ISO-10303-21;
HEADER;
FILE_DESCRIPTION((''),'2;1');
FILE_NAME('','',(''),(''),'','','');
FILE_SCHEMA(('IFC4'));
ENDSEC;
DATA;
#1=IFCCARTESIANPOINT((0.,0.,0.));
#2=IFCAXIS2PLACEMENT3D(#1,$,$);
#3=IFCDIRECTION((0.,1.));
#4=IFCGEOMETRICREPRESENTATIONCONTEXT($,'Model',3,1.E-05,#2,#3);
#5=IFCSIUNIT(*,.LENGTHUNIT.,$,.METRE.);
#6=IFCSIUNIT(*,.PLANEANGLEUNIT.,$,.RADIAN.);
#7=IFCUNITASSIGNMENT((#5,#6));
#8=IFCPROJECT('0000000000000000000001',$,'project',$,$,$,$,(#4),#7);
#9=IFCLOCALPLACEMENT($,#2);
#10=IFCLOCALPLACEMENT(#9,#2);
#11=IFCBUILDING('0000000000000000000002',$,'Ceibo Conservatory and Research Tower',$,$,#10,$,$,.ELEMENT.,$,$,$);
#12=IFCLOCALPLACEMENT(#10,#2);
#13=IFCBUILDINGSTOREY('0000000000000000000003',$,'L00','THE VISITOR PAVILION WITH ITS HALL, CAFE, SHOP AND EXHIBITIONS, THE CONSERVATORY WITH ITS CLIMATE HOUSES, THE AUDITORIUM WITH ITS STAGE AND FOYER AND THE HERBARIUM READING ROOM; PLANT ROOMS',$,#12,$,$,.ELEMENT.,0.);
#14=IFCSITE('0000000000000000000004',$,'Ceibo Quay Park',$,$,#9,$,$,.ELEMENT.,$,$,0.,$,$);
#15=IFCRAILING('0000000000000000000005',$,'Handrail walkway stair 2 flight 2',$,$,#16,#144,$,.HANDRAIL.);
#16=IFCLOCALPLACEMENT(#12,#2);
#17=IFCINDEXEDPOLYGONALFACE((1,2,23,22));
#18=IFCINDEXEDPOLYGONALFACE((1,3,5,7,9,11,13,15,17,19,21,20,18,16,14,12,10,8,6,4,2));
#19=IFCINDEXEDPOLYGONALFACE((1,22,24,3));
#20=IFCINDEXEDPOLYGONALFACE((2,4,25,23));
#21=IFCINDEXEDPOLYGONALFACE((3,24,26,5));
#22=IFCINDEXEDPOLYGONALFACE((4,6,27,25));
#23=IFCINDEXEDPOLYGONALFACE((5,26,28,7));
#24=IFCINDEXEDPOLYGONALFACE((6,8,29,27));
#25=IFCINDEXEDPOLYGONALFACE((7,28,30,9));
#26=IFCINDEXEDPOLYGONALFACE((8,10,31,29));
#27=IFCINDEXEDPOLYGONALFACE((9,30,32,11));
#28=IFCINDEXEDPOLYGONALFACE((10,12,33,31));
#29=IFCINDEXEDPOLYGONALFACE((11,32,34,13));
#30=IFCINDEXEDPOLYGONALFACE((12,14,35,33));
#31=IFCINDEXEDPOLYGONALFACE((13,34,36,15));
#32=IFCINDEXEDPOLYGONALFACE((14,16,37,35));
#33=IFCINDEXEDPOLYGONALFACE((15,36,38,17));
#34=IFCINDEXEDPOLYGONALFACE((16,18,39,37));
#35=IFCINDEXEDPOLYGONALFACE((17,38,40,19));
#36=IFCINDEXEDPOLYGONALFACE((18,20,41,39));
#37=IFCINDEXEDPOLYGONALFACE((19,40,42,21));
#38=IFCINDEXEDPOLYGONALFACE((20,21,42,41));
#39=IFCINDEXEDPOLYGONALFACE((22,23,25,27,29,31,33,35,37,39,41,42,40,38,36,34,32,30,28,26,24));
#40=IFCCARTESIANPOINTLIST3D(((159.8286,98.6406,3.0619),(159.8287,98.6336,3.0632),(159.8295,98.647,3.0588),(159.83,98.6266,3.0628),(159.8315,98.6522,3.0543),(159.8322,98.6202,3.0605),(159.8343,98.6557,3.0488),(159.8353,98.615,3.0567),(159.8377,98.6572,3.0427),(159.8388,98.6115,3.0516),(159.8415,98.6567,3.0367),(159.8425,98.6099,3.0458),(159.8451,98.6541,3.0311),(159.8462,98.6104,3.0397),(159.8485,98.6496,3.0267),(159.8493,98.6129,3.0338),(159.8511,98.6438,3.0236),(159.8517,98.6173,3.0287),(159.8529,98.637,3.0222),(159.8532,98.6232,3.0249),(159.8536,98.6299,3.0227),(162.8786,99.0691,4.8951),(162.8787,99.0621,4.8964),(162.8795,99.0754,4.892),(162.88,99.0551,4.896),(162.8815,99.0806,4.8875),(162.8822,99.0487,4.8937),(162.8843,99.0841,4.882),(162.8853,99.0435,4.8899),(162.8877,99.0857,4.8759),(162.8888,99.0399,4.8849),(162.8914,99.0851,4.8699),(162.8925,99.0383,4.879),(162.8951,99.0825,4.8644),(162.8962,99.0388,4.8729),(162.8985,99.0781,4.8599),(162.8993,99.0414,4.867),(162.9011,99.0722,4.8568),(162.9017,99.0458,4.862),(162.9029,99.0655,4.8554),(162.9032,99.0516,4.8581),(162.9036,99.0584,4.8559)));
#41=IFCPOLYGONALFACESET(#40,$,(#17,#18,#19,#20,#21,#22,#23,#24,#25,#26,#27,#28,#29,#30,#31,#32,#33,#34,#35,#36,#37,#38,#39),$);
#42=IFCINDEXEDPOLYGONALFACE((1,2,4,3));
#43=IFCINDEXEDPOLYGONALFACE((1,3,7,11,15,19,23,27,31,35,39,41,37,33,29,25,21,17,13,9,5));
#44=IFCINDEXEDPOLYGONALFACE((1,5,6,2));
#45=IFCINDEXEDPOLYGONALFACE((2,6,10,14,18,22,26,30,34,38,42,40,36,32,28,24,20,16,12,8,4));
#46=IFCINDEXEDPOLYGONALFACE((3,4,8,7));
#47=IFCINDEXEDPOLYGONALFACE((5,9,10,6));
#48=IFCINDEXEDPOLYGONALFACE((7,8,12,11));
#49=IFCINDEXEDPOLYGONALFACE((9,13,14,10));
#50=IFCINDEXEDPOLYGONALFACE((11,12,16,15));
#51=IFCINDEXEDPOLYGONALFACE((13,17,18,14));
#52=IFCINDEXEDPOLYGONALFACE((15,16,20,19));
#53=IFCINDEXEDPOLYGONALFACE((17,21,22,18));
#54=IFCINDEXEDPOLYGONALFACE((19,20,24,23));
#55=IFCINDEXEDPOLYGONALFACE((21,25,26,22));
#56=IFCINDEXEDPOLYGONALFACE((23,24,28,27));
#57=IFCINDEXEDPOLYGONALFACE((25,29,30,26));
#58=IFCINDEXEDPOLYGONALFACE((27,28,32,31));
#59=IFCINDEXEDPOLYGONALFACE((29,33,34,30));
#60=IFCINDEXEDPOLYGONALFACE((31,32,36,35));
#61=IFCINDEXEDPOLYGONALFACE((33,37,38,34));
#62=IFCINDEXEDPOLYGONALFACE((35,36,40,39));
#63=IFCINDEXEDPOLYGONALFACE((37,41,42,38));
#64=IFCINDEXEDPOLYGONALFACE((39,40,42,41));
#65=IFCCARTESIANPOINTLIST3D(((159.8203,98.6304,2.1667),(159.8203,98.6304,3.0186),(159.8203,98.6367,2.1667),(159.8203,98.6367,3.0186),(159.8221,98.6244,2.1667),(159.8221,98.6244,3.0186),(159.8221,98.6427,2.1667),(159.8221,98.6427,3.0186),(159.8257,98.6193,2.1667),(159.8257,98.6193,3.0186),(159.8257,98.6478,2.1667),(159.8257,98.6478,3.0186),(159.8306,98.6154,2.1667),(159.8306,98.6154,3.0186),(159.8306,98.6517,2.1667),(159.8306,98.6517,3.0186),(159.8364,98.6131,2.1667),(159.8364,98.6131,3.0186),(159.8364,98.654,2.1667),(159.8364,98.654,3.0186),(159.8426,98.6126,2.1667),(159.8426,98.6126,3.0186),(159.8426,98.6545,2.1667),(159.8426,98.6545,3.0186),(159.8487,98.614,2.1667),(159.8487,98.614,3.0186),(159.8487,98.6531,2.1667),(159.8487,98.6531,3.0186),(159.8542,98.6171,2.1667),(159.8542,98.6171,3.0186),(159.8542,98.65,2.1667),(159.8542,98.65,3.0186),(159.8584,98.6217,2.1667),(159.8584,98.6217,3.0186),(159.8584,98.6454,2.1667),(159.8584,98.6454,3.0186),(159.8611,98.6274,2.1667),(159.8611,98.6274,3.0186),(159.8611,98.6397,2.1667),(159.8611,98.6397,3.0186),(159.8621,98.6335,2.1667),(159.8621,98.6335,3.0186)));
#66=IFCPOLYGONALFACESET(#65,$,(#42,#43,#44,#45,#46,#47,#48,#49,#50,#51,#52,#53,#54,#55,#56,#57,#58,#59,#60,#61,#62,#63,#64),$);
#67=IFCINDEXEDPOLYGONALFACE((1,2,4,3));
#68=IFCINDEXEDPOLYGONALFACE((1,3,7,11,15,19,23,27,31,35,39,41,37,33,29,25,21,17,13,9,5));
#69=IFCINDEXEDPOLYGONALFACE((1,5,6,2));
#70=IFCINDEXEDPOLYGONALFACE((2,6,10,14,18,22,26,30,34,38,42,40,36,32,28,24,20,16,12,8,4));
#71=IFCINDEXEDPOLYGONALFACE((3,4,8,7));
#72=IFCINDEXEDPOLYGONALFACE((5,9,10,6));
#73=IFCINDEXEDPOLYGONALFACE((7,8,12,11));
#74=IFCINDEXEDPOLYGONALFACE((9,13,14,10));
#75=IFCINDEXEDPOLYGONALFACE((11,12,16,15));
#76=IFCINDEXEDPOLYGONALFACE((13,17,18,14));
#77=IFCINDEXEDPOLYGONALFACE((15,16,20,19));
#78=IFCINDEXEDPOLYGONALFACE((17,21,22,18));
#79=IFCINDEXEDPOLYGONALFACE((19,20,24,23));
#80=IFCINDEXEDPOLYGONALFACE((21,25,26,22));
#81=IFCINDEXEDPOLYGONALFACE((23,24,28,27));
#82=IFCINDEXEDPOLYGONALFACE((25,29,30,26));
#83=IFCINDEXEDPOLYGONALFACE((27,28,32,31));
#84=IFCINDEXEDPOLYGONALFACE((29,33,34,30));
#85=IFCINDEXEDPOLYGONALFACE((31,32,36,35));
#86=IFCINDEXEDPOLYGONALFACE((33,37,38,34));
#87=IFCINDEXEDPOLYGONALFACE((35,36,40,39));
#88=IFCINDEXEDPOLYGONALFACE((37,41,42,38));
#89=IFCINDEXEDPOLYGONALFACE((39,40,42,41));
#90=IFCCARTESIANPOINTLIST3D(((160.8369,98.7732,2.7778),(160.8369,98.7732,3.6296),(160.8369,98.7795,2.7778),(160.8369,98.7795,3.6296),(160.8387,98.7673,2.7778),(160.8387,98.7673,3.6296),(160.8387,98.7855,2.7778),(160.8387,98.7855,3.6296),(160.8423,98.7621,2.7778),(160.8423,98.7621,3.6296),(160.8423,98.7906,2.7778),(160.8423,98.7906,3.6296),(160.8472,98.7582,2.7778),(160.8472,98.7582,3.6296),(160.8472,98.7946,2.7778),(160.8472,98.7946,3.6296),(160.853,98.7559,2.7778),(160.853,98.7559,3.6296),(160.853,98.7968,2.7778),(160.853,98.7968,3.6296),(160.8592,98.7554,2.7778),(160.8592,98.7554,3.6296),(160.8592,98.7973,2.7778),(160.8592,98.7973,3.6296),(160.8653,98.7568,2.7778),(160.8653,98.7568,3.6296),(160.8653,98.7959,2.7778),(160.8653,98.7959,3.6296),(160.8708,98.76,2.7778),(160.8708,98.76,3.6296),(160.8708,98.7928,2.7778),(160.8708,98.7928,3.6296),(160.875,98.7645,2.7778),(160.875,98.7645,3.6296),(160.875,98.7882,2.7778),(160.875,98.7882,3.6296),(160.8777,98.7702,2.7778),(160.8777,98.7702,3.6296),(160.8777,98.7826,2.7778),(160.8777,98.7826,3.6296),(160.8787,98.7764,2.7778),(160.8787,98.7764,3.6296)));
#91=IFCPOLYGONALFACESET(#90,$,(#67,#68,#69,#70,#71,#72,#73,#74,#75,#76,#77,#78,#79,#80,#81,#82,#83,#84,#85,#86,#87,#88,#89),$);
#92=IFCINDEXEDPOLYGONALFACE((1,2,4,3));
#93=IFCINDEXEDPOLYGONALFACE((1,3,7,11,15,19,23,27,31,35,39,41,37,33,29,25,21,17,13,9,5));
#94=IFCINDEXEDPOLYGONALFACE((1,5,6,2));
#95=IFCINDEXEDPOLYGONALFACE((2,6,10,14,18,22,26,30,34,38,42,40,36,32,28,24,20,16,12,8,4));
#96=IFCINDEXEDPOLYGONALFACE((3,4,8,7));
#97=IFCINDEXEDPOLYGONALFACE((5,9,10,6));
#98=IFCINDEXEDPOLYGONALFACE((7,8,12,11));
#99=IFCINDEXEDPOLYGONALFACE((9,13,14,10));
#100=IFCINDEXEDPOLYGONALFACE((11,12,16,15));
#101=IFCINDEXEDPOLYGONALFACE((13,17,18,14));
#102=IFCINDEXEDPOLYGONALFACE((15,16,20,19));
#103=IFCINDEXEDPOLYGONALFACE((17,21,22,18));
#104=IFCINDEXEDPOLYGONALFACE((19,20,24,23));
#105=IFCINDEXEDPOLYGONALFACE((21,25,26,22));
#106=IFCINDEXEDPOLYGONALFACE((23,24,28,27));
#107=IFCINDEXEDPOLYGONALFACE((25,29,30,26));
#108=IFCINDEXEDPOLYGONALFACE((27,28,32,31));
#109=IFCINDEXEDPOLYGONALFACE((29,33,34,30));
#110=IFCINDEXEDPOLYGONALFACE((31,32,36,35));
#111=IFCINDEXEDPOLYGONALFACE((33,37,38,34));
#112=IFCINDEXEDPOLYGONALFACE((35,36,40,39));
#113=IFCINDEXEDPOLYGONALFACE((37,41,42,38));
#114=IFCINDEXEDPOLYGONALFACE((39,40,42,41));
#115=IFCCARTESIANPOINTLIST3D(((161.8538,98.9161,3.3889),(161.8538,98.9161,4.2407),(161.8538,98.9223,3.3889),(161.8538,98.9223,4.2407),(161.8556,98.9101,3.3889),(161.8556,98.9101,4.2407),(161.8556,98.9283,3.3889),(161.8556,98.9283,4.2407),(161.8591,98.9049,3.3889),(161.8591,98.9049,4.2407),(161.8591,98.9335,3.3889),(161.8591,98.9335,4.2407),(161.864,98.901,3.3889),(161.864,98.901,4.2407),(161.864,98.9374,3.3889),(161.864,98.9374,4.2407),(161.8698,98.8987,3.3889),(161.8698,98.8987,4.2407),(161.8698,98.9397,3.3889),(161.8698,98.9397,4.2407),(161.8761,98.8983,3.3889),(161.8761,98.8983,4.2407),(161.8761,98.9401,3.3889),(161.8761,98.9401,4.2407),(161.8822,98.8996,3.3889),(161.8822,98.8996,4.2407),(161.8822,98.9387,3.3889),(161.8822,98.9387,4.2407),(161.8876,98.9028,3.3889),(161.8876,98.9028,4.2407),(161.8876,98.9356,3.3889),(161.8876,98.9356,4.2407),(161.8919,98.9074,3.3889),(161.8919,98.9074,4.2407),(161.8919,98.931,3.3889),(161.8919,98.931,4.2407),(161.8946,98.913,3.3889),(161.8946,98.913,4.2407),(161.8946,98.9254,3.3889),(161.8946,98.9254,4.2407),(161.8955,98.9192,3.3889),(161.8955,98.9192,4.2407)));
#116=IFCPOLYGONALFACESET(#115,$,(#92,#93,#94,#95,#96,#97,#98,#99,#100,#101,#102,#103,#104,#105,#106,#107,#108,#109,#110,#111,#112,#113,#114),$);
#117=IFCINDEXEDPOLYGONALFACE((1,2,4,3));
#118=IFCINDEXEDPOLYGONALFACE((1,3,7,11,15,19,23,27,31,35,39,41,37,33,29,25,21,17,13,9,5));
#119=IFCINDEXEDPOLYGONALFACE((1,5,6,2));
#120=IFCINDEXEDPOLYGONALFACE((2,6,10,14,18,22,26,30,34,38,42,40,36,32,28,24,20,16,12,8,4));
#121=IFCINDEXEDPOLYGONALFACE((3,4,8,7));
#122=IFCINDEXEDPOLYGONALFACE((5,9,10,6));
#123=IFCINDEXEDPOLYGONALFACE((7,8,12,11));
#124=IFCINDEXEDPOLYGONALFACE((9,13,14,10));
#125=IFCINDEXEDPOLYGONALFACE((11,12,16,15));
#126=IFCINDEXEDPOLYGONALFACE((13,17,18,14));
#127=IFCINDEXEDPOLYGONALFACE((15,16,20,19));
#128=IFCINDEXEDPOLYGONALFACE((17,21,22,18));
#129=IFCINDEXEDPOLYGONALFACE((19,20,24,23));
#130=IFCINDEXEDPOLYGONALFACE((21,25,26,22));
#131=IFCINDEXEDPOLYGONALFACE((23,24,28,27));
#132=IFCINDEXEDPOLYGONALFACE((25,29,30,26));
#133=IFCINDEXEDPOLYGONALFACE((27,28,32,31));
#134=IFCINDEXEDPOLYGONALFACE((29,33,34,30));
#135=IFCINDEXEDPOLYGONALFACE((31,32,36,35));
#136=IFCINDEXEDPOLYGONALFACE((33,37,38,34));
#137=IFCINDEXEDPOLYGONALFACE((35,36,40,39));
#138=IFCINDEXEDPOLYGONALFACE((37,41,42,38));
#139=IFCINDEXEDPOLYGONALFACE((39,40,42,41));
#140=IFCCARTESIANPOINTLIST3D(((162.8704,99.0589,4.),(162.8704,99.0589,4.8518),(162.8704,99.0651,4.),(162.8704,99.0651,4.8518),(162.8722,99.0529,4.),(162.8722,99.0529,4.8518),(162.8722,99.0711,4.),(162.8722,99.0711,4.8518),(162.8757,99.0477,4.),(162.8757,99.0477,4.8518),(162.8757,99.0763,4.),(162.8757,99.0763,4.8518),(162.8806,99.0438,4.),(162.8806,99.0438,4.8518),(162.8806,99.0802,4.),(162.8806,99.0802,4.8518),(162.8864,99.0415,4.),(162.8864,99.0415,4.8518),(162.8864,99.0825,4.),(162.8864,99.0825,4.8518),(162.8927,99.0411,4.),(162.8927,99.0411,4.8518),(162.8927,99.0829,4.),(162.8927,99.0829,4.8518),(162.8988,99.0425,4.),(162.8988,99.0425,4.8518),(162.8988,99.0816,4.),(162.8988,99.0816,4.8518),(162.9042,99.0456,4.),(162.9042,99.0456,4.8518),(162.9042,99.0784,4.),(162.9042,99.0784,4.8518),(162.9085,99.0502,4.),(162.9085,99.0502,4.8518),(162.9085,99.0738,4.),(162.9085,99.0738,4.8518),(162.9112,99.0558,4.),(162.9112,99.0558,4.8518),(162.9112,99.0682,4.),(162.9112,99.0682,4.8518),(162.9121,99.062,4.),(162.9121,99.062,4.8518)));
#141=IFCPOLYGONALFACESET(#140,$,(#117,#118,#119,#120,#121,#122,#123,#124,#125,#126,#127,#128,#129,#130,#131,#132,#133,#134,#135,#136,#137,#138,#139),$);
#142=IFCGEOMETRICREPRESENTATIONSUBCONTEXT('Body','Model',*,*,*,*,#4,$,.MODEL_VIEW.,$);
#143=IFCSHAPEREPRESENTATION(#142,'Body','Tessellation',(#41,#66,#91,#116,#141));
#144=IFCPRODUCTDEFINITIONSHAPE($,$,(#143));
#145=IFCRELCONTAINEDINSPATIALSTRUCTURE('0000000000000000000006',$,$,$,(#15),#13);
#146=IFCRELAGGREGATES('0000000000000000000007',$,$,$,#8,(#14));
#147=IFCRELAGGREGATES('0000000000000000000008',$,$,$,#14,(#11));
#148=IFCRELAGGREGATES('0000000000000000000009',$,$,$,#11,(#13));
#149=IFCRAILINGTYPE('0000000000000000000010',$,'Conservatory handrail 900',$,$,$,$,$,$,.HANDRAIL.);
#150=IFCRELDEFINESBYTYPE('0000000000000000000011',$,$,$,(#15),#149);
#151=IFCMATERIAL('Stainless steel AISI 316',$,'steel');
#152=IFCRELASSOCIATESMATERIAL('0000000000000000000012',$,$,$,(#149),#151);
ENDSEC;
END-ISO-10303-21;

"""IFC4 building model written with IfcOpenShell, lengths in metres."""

from ifc_helpers import new_model, si_unit, direction, frame, origin, origin_2d, place, context, subcontext, project, spatial, circle, extrude, material, type_object, element, save


model = new_model("IFC4")

# Units and contexts
model_context = context("Model", 3, precision=1e-05, world=origin(), true_north=direction((0.0, 1.0)))
body_context = subcontext(model_context, "Body", "Model", "MODEL_VIEW")
ifc_project = project(units=[si_unit("LENGTHUNIT", "METRE"), si_unit("PLANEANGLEUNIT", "RADIAN")], contexts=[model_context])

# Site, building, storey
site_placement = place(None, origin())
site = spatial("IfcSite", under=ifc_project, at=site_placement, Name="Ceibo Quay Park", CompositionType="ELEMENT", RefElevation=0.0)
building_placement = place(site_placement, origin())
building = spatial("IfcBuilding", under=site, at=building_placement, Name="Ceibo Conservatory and Research Tower", CompositionType="ELEMENT")
storey_placement = place(building_placement, origin())
storey = spatial("IfcBuildingStorey", under=building, at=storey_placement, Name="L00", Description="THE VISITOR PAVILION WITH ITS HALL, CAFE, SHOP AND EXHIBITIONS, THE CONSERVATORY WITH ITS CLIMATE HOUSES, THE AUDITORIUM WITH ITS STAGE AND FOYER AND THE HERBARIUM READING ROOM; PLANT ROOMS", CompositionType="ELEMENT", Elevation=0.0)

# Railing
ifc_material_1 = material(Name="Stainless steel AISI 316", Category="steel")
railing_type_1 = type_object("IfcRailingType", Name="Conservatory handrail 900", PredefinedType="HANDRAIL", material=ifc_material_1)
railing_1_placement = place(storey_placement, frame((159.8411, 98.6335, 2.1667)))
element("IfcRailing", 1, at=railing_1_placement, inside=storey, type_object=railing_type_1, Name="Handrail walkway stair 2 flight 2", PredefinedType="HANDRAIL", context=body_context, shape_type="SweptSolid", body=[
    extrude(circle(Radius=0.0239, at=origin_2d()), frame((0.0, 0.0, 0.876), z_axis=(0.850947, 0.11954, 0.511467), x_axis=(-0.139113, 0.990277, 0.0)), (0.0, 0.0, 1.0), 3.5842),
    extrude(circle(Radius=0.021, at=origin_2d()), origin(), (0.0, 0.0, 1.0), 0.8518),
    extrude(circle(Radius=0.021, at=origin_2d()), frame((1.0166, 0.1428, 0.6111)), (0.0, 0.0, 1.0), 0.8518),
    extrude(circle(Radius=0.021, at=origin_2d()), frame((2.0334, 0.2856, 1.2222)), (0.0, 0.0, 1.0), 0.8518),
    extrude(circle(Radius=0.021, at=origin_2d()), frame((3.05, 0.4285, 1.8333)), (0.0, 0.0, 1.0), 0.8518),
])

save(model, "model.ifc")
